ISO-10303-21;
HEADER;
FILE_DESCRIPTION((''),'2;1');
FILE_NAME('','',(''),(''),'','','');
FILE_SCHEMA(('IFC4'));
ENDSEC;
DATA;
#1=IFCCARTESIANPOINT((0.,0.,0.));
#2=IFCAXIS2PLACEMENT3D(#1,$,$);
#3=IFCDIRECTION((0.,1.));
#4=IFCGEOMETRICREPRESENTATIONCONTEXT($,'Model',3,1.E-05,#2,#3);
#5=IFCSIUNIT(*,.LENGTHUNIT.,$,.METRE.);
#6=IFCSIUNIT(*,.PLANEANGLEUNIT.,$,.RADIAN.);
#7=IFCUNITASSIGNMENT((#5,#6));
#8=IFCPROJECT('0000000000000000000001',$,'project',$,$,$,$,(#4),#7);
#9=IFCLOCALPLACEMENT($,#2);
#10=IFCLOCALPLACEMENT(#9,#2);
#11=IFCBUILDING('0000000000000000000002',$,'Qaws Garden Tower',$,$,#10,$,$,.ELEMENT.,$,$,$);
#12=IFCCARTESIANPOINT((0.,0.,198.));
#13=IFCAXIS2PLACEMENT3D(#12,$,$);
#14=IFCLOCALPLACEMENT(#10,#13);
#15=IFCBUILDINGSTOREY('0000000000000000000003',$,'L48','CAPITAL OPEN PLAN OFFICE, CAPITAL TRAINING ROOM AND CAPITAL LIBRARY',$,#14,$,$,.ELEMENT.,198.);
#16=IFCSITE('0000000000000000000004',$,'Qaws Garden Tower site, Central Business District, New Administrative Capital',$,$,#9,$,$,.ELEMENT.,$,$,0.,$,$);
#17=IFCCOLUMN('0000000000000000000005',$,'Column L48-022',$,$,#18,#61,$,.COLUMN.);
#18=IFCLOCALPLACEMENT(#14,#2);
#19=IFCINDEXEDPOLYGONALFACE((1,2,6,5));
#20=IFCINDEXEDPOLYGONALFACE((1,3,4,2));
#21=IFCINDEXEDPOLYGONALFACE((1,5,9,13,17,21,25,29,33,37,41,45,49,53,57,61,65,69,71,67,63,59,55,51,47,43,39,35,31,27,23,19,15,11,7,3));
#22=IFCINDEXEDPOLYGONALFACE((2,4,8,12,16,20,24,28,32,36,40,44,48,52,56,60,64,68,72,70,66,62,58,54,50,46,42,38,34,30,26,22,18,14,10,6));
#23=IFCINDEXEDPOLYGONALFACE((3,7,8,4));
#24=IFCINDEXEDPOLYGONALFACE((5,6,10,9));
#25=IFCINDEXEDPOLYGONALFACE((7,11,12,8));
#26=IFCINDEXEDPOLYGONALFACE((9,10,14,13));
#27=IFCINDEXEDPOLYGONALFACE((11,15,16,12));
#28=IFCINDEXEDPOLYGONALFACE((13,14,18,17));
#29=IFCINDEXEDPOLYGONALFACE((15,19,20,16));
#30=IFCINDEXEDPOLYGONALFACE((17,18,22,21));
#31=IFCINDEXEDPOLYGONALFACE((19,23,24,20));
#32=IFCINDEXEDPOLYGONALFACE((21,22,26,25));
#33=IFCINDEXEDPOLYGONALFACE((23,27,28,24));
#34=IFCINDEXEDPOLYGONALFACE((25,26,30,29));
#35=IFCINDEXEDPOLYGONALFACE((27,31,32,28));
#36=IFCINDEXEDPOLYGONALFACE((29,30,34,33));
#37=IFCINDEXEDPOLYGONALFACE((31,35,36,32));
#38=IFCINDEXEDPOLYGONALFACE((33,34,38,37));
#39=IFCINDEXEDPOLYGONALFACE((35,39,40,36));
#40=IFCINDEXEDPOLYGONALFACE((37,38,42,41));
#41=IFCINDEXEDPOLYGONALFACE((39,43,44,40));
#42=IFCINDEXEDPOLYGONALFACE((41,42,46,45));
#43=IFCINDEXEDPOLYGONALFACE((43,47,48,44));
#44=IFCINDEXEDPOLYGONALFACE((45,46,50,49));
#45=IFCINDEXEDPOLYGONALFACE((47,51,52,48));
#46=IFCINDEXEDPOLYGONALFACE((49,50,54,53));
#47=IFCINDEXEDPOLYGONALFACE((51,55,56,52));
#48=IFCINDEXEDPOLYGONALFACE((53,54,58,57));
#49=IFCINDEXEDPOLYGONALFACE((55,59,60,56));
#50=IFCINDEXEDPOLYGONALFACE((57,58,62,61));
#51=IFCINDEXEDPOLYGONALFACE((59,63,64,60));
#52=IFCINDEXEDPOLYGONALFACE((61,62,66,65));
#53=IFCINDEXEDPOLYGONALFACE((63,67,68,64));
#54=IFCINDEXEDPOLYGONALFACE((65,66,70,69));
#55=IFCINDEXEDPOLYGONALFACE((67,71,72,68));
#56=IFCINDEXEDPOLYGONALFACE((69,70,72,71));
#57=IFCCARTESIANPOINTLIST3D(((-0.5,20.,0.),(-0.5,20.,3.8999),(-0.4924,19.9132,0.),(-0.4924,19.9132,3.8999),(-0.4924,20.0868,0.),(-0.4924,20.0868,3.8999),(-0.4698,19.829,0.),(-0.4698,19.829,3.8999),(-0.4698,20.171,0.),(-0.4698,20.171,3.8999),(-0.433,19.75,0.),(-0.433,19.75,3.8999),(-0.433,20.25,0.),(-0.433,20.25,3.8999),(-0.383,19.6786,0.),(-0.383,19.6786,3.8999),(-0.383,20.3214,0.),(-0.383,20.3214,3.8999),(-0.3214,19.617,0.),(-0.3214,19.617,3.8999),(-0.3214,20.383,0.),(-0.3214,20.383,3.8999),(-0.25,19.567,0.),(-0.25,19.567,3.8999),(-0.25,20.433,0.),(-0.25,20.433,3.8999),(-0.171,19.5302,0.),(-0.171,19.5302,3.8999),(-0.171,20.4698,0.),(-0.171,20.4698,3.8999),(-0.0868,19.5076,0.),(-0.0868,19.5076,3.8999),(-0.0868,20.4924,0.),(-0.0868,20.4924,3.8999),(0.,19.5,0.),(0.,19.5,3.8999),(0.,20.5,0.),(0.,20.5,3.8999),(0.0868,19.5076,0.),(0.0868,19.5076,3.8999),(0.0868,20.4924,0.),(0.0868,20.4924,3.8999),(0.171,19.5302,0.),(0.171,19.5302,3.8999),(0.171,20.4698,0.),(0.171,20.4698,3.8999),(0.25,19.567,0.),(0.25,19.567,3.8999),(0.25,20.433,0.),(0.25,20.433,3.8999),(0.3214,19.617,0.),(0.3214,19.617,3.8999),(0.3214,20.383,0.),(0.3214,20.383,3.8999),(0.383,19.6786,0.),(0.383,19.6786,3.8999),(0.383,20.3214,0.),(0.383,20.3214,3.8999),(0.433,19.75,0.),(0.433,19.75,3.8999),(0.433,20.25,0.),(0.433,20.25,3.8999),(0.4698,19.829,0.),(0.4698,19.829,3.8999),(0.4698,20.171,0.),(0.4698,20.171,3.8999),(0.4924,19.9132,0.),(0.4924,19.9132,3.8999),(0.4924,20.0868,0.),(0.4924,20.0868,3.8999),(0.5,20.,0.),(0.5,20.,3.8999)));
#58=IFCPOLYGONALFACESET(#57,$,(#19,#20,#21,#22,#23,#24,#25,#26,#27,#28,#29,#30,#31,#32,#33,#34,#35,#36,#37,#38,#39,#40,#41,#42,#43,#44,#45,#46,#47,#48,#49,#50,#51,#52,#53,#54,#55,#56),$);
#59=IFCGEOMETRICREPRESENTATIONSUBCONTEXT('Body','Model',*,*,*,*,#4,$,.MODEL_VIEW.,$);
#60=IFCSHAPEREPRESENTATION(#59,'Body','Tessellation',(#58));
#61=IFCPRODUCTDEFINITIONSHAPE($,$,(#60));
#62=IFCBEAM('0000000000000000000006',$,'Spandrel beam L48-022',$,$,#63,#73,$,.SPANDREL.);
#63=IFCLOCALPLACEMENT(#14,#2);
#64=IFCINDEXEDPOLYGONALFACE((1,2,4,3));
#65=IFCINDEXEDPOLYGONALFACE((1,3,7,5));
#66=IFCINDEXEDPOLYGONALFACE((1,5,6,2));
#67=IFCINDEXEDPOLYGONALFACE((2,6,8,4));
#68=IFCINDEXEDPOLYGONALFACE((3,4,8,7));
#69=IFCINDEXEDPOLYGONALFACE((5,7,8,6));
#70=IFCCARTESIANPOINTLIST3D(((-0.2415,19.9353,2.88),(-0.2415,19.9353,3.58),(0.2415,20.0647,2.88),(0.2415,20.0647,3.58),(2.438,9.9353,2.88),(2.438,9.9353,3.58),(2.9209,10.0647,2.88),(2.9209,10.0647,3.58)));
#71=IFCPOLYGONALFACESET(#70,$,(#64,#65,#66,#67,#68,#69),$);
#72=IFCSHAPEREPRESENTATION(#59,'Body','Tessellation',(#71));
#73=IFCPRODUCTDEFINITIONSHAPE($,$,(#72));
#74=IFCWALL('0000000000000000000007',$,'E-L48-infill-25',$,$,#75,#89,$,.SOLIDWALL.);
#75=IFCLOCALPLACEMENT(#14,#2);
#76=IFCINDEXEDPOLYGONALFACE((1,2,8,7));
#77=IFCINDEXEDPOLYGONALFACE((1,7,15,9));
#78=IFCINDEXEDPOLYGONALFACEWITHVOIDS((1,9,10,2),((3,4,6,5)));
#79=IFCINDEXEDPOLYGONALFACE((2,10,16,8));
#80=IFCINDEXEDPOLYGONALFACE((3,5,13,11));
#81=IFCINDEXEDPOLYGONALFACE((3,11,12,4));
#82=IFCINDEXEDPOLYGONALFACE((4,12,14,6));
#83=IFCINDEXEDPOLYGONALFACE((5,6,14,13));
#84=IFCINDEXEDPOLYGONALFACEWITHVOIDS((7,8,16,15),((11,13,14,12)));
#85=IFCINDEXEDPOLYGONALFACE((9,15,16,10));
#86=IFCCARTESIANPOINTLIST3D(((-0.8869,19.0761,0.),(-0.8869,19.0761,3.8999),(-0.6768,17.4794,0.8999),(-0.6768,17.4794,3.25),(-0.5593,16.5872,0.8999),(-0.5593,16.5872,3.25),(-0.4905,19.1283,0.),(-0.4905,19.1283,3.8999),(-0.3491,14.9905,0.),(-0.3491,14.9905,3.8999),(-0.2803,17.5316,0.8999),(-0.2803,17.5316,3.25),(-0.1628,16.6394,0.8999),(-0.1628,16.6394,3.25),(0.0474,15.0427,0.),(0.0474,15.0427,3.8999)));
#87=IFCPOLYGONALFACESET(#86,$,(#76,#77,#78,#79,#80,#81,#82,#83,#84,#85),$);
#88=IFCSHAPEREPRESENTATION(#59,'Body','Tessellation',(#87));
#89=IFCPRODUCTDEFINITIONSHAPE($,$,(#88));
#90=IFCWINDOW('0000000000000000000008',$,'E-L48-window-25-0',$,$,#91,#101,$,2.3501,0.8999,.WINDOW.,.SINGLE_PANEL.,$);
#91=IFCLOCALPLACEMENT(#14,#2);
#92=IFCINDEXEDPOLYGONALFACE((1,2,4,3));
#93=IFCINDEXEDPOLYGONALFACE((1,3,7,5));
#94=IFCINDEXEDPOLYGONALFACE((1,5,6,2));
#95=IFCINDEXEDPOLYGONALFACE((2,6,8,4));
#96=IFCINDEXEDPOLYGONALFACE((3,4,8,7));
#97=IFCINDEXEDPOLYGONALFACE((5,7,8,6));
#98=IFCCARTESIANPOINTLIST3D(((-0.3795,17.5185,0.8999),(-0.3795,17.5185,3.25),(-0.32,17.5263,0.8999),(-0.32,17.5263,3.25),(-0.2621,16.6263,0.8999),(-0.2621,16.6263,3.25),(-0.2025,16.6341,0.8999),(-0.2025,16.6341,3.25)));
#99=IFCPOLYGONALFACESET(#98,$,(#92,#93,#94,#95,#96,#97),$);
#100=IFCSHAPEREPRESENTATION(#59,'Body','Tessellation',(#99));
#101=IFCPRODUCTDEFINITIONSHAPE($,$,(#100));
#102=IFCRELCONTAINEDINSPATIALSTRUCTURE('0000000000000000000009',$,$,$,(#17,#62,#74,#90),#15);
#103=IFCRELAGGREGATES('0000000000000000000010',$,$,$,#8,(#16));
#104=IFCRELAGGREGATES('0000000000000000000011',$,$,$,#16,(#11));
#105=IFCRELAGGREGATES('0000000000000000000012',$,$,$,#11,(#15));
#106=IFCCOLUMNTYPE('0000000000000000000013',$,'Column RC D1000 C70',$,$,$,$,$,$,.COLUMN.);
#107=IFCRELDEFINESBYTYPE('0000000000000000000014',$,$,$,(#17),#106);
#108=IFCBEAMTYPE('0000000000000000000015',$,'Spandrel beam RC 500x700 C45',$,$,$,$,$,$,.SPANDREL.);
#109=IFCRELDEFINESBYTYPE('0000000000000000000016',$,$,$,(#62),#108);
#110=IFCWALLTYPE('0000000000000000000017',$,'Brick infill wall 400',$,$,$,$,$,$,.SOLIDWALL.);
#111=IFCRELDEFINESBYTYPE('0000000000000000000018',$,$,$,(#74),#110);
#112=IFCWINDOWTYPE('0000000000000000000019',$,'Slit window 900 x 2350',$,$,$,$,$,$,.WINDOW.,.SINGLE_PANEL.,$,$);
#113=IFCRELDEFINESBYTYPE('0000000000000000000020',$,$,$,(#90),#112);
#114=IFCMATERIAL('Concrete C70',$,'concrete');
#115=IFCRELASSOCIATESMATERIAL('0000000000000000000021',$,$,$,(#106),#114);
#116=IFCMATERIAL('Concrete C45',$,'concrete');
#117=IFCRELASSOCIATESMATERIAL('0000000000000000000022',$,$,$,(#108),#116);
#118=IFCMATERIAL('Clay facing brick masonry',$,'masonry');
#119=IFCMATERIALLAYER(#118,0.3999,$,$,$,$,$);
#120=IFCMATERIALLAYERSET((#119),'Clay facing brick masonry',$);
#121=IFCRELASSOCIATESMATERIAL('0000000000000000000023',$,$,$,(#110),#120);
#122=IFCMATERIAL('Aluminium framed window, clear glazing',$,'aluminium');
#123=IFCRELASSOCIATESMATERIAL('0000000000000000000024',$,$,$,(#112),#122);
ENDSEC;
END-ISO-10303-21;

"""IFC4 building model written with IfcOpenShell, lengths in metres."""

from ifc_helpers import new_model, si_unit, direction, frame, frame_2d, origin, origin_2d, place, context, subcontext, project, spatial, rectangle, circle, extrude, material, layer, layer_set, material_profile, profile_set, type_object, element, fill, save


model = new_model("IFC4")

# Units and contexts
model_context = context("Model", 3, precision=1e-05, world=origin(), true_north=direction((0.0, 1.0)))
body_context = subcontext(model_context, "Body", "Model", "MODEL_VIEW")
ifc_project = project(units=[si_unit("LENGTHUNIT", "METRE"), si_unit("PLANEANGLEUNIT", "RADIAN")], contexts=[model_context])

# Site, building, storey
site_placement = place(None, origin())
site = spatial("IfcSite", under=ifc_project, at=site_placement, Name="Qaws Garden Tower site, Central Business District, New Administrative Capital", CompositionType="ELEMENT", RefElevation=0.0)
building_placement = place(site_placement, origin())
building = spatial("IfcBuilding", under=site, at=building_placement, Name="Qaws Garden Tower", CompositionType="ELEMENT")
storey_placement = place(building_placement, frame((0.0, 0.0, 198.0)))
storey = spatial("IfcBuildingStorey", under=building, at=storey_placement, Name="L48", Description="CAPITAL OPEN PLAN OFFICE, CAPITAL TRAINING ROOM AND CAPITAL LIBRARY", CompositionType="ELEMENT", Elevation=198.0)

# Column
ifc_material_1 = material(Name="Concrete C70", Category="concrete")
ifc_material_profile_1 = material_profile(ifc_material_1, circle(Radius=0.5, at=origin_2d()), Name="RC D1000")
ifc_profile_set_1 = profile_set([ifc_material_profile_1], Name="Concrete C70")
column_type = type_object("IfcColumnType", Name="Column RC D1000 C70", PredefinedType="COLUMN", material=ifc_profile_set_1)
column_placement = place(storey_placement, frame((0.0, 20.0, 0.0), z_axis=(0.0, 0.0, 1.0), x_axis=(1.0, 0.0, 0.0)))
element("IfcColumn", 1, at=column_placement, inside=storey, type_object=column_type, Name="Column L48-022", PredefinedType="COLUMN", context=body_context, shape_type="SweptSolid", body=[
    extrude(circle(Radius=0.5, at=origin_2d()), origin(), (0.0, 0.0, 1.0), 3.8999),
])

# Beam
ifc_material_2 = material(Name="Concrete C45", Category="concrete")
ifc_material_profile_2 = material_profile(ifc_material_2, rectangle(XDim=0.5, YDim=0.7, at=origin_2d()), Name="RC 500x700")
ifc_profile_set_2 = profile_set([ifc_material_profile_2], Name="Concrete C45")
beam_type = type_object("IfcBeamType", Name="Spandrel beam RC 500x700 C45", PredefinedType="SPANDREL", material=ifc_profile_set_2)
beam_placement = place(storey_placement, frame((0.0, 20.0, 3.23), z_axis=(0.258815, -0.965927, 0.0), x_axis=(0.965927, 0.258815, 0.0)))
element("IfcBeam", 2, at=beam_placement, inside=storey, type_object=beam_type, Name="Spandrel beam L48-022", PredefinedType="SPANDREL", context=body_context, shape_type="SweptSolid", body=[
    extrude(rectangle(XDim=0.5, YDim=0.7, at=origin_2d()), origin(), (0.0, 0.0, 1.0), 10.3528),
])

# Wall, opening, window
ifc_material_3 = material(Name="Clay facing brick masonry", Category="masonry")
ifc_layer_1 = layer(ifc_material_3, 0.3999)
ifc_layer_set_1 = layer_set([ifc_layer_1], Name="Clay facing brick masonry")
wall_type_1 = type_object("IfcWallType", Name="Brick infill wall 400", PredefinedType="SOLIDWALL", material=ifc_layer_set_1)
wall_1_placement = place(storey_placement, frame((-0.6887, 19.1023, 0.0), z_axis=(0.0, 0.0, 1.0), x_axis=(0.130514, -0.991446, 0.0)))
wall_1 = element("IfcWall", 3, at=wall_1_placement, inside=storey, type_object=wall_type_1, Name="E-L48-infill-25", PredefinedType="SOLIDWALL", context=body_context, shape_type="SweptSolid", body=[
    extrude(rectangle(XDim=4.1208, YDim=0.3999, at=frame_2d((2.0605, 0.0))), origin(), (0.0, 0.0, 1.0), 3.8999),
])
opening_1_placement = place(wall_1_placement, frame((1.6106, 0.0, 0.8999)))
opening_1 = element("IfcOpeningElement", 4, at=opening_1_placement, cuts=wall_1, PredefinedType="OPENING", context=body_context, shape_type="SweptSolid", body=[
    extrude(rectangle(XDim=0.8999, YDim=2.3501, at=frame_2d((0.45, 1.175))), frame((0.0, 0.21, 0.0), z_axis=(0.0, -1.0, 0.0), x_axis=(1.0, 0.0, 0.0)), (0.0, 0.0, 1.0), 0.4199),
])
ifc_material_4 = material(Name="Aluminium framed window, clear glazing", Category="aluminium")
window_type = type_object("IfcWindowType", Name="Slit window 900 x 2350", PartitioningType="SINGLE_PANEL", PredefinedType="WINDOW", material=ifc_material_4)
window_placement = place(opening_1_placement, origin())
window = element("IfcWindow", 5, at=window_placement, inside=storey, type_object=window_type, Name="E-L48-window-25-0", OverallHeight=2.3501, OverallWidth=0.8999, PartitioningType="SINGLE_PANEL", PredefinedType="WINDOW", context=body_context, shape_type="SweptSolid", body=[
    extrude(rectangle(XDim=0.8999, YDim=2.3501, at=frame_2d((0.45, 1.175))), frame((0.0, 0.1599, 0.0), z_axis=(0.0, -1.0, 0.0), x_axis=(1.0, 0.0, 0.0)), (0.0, 0.0, 1.0), 0.0601),
])
fill(opening_1, window)

save(model, "model.ifc")
